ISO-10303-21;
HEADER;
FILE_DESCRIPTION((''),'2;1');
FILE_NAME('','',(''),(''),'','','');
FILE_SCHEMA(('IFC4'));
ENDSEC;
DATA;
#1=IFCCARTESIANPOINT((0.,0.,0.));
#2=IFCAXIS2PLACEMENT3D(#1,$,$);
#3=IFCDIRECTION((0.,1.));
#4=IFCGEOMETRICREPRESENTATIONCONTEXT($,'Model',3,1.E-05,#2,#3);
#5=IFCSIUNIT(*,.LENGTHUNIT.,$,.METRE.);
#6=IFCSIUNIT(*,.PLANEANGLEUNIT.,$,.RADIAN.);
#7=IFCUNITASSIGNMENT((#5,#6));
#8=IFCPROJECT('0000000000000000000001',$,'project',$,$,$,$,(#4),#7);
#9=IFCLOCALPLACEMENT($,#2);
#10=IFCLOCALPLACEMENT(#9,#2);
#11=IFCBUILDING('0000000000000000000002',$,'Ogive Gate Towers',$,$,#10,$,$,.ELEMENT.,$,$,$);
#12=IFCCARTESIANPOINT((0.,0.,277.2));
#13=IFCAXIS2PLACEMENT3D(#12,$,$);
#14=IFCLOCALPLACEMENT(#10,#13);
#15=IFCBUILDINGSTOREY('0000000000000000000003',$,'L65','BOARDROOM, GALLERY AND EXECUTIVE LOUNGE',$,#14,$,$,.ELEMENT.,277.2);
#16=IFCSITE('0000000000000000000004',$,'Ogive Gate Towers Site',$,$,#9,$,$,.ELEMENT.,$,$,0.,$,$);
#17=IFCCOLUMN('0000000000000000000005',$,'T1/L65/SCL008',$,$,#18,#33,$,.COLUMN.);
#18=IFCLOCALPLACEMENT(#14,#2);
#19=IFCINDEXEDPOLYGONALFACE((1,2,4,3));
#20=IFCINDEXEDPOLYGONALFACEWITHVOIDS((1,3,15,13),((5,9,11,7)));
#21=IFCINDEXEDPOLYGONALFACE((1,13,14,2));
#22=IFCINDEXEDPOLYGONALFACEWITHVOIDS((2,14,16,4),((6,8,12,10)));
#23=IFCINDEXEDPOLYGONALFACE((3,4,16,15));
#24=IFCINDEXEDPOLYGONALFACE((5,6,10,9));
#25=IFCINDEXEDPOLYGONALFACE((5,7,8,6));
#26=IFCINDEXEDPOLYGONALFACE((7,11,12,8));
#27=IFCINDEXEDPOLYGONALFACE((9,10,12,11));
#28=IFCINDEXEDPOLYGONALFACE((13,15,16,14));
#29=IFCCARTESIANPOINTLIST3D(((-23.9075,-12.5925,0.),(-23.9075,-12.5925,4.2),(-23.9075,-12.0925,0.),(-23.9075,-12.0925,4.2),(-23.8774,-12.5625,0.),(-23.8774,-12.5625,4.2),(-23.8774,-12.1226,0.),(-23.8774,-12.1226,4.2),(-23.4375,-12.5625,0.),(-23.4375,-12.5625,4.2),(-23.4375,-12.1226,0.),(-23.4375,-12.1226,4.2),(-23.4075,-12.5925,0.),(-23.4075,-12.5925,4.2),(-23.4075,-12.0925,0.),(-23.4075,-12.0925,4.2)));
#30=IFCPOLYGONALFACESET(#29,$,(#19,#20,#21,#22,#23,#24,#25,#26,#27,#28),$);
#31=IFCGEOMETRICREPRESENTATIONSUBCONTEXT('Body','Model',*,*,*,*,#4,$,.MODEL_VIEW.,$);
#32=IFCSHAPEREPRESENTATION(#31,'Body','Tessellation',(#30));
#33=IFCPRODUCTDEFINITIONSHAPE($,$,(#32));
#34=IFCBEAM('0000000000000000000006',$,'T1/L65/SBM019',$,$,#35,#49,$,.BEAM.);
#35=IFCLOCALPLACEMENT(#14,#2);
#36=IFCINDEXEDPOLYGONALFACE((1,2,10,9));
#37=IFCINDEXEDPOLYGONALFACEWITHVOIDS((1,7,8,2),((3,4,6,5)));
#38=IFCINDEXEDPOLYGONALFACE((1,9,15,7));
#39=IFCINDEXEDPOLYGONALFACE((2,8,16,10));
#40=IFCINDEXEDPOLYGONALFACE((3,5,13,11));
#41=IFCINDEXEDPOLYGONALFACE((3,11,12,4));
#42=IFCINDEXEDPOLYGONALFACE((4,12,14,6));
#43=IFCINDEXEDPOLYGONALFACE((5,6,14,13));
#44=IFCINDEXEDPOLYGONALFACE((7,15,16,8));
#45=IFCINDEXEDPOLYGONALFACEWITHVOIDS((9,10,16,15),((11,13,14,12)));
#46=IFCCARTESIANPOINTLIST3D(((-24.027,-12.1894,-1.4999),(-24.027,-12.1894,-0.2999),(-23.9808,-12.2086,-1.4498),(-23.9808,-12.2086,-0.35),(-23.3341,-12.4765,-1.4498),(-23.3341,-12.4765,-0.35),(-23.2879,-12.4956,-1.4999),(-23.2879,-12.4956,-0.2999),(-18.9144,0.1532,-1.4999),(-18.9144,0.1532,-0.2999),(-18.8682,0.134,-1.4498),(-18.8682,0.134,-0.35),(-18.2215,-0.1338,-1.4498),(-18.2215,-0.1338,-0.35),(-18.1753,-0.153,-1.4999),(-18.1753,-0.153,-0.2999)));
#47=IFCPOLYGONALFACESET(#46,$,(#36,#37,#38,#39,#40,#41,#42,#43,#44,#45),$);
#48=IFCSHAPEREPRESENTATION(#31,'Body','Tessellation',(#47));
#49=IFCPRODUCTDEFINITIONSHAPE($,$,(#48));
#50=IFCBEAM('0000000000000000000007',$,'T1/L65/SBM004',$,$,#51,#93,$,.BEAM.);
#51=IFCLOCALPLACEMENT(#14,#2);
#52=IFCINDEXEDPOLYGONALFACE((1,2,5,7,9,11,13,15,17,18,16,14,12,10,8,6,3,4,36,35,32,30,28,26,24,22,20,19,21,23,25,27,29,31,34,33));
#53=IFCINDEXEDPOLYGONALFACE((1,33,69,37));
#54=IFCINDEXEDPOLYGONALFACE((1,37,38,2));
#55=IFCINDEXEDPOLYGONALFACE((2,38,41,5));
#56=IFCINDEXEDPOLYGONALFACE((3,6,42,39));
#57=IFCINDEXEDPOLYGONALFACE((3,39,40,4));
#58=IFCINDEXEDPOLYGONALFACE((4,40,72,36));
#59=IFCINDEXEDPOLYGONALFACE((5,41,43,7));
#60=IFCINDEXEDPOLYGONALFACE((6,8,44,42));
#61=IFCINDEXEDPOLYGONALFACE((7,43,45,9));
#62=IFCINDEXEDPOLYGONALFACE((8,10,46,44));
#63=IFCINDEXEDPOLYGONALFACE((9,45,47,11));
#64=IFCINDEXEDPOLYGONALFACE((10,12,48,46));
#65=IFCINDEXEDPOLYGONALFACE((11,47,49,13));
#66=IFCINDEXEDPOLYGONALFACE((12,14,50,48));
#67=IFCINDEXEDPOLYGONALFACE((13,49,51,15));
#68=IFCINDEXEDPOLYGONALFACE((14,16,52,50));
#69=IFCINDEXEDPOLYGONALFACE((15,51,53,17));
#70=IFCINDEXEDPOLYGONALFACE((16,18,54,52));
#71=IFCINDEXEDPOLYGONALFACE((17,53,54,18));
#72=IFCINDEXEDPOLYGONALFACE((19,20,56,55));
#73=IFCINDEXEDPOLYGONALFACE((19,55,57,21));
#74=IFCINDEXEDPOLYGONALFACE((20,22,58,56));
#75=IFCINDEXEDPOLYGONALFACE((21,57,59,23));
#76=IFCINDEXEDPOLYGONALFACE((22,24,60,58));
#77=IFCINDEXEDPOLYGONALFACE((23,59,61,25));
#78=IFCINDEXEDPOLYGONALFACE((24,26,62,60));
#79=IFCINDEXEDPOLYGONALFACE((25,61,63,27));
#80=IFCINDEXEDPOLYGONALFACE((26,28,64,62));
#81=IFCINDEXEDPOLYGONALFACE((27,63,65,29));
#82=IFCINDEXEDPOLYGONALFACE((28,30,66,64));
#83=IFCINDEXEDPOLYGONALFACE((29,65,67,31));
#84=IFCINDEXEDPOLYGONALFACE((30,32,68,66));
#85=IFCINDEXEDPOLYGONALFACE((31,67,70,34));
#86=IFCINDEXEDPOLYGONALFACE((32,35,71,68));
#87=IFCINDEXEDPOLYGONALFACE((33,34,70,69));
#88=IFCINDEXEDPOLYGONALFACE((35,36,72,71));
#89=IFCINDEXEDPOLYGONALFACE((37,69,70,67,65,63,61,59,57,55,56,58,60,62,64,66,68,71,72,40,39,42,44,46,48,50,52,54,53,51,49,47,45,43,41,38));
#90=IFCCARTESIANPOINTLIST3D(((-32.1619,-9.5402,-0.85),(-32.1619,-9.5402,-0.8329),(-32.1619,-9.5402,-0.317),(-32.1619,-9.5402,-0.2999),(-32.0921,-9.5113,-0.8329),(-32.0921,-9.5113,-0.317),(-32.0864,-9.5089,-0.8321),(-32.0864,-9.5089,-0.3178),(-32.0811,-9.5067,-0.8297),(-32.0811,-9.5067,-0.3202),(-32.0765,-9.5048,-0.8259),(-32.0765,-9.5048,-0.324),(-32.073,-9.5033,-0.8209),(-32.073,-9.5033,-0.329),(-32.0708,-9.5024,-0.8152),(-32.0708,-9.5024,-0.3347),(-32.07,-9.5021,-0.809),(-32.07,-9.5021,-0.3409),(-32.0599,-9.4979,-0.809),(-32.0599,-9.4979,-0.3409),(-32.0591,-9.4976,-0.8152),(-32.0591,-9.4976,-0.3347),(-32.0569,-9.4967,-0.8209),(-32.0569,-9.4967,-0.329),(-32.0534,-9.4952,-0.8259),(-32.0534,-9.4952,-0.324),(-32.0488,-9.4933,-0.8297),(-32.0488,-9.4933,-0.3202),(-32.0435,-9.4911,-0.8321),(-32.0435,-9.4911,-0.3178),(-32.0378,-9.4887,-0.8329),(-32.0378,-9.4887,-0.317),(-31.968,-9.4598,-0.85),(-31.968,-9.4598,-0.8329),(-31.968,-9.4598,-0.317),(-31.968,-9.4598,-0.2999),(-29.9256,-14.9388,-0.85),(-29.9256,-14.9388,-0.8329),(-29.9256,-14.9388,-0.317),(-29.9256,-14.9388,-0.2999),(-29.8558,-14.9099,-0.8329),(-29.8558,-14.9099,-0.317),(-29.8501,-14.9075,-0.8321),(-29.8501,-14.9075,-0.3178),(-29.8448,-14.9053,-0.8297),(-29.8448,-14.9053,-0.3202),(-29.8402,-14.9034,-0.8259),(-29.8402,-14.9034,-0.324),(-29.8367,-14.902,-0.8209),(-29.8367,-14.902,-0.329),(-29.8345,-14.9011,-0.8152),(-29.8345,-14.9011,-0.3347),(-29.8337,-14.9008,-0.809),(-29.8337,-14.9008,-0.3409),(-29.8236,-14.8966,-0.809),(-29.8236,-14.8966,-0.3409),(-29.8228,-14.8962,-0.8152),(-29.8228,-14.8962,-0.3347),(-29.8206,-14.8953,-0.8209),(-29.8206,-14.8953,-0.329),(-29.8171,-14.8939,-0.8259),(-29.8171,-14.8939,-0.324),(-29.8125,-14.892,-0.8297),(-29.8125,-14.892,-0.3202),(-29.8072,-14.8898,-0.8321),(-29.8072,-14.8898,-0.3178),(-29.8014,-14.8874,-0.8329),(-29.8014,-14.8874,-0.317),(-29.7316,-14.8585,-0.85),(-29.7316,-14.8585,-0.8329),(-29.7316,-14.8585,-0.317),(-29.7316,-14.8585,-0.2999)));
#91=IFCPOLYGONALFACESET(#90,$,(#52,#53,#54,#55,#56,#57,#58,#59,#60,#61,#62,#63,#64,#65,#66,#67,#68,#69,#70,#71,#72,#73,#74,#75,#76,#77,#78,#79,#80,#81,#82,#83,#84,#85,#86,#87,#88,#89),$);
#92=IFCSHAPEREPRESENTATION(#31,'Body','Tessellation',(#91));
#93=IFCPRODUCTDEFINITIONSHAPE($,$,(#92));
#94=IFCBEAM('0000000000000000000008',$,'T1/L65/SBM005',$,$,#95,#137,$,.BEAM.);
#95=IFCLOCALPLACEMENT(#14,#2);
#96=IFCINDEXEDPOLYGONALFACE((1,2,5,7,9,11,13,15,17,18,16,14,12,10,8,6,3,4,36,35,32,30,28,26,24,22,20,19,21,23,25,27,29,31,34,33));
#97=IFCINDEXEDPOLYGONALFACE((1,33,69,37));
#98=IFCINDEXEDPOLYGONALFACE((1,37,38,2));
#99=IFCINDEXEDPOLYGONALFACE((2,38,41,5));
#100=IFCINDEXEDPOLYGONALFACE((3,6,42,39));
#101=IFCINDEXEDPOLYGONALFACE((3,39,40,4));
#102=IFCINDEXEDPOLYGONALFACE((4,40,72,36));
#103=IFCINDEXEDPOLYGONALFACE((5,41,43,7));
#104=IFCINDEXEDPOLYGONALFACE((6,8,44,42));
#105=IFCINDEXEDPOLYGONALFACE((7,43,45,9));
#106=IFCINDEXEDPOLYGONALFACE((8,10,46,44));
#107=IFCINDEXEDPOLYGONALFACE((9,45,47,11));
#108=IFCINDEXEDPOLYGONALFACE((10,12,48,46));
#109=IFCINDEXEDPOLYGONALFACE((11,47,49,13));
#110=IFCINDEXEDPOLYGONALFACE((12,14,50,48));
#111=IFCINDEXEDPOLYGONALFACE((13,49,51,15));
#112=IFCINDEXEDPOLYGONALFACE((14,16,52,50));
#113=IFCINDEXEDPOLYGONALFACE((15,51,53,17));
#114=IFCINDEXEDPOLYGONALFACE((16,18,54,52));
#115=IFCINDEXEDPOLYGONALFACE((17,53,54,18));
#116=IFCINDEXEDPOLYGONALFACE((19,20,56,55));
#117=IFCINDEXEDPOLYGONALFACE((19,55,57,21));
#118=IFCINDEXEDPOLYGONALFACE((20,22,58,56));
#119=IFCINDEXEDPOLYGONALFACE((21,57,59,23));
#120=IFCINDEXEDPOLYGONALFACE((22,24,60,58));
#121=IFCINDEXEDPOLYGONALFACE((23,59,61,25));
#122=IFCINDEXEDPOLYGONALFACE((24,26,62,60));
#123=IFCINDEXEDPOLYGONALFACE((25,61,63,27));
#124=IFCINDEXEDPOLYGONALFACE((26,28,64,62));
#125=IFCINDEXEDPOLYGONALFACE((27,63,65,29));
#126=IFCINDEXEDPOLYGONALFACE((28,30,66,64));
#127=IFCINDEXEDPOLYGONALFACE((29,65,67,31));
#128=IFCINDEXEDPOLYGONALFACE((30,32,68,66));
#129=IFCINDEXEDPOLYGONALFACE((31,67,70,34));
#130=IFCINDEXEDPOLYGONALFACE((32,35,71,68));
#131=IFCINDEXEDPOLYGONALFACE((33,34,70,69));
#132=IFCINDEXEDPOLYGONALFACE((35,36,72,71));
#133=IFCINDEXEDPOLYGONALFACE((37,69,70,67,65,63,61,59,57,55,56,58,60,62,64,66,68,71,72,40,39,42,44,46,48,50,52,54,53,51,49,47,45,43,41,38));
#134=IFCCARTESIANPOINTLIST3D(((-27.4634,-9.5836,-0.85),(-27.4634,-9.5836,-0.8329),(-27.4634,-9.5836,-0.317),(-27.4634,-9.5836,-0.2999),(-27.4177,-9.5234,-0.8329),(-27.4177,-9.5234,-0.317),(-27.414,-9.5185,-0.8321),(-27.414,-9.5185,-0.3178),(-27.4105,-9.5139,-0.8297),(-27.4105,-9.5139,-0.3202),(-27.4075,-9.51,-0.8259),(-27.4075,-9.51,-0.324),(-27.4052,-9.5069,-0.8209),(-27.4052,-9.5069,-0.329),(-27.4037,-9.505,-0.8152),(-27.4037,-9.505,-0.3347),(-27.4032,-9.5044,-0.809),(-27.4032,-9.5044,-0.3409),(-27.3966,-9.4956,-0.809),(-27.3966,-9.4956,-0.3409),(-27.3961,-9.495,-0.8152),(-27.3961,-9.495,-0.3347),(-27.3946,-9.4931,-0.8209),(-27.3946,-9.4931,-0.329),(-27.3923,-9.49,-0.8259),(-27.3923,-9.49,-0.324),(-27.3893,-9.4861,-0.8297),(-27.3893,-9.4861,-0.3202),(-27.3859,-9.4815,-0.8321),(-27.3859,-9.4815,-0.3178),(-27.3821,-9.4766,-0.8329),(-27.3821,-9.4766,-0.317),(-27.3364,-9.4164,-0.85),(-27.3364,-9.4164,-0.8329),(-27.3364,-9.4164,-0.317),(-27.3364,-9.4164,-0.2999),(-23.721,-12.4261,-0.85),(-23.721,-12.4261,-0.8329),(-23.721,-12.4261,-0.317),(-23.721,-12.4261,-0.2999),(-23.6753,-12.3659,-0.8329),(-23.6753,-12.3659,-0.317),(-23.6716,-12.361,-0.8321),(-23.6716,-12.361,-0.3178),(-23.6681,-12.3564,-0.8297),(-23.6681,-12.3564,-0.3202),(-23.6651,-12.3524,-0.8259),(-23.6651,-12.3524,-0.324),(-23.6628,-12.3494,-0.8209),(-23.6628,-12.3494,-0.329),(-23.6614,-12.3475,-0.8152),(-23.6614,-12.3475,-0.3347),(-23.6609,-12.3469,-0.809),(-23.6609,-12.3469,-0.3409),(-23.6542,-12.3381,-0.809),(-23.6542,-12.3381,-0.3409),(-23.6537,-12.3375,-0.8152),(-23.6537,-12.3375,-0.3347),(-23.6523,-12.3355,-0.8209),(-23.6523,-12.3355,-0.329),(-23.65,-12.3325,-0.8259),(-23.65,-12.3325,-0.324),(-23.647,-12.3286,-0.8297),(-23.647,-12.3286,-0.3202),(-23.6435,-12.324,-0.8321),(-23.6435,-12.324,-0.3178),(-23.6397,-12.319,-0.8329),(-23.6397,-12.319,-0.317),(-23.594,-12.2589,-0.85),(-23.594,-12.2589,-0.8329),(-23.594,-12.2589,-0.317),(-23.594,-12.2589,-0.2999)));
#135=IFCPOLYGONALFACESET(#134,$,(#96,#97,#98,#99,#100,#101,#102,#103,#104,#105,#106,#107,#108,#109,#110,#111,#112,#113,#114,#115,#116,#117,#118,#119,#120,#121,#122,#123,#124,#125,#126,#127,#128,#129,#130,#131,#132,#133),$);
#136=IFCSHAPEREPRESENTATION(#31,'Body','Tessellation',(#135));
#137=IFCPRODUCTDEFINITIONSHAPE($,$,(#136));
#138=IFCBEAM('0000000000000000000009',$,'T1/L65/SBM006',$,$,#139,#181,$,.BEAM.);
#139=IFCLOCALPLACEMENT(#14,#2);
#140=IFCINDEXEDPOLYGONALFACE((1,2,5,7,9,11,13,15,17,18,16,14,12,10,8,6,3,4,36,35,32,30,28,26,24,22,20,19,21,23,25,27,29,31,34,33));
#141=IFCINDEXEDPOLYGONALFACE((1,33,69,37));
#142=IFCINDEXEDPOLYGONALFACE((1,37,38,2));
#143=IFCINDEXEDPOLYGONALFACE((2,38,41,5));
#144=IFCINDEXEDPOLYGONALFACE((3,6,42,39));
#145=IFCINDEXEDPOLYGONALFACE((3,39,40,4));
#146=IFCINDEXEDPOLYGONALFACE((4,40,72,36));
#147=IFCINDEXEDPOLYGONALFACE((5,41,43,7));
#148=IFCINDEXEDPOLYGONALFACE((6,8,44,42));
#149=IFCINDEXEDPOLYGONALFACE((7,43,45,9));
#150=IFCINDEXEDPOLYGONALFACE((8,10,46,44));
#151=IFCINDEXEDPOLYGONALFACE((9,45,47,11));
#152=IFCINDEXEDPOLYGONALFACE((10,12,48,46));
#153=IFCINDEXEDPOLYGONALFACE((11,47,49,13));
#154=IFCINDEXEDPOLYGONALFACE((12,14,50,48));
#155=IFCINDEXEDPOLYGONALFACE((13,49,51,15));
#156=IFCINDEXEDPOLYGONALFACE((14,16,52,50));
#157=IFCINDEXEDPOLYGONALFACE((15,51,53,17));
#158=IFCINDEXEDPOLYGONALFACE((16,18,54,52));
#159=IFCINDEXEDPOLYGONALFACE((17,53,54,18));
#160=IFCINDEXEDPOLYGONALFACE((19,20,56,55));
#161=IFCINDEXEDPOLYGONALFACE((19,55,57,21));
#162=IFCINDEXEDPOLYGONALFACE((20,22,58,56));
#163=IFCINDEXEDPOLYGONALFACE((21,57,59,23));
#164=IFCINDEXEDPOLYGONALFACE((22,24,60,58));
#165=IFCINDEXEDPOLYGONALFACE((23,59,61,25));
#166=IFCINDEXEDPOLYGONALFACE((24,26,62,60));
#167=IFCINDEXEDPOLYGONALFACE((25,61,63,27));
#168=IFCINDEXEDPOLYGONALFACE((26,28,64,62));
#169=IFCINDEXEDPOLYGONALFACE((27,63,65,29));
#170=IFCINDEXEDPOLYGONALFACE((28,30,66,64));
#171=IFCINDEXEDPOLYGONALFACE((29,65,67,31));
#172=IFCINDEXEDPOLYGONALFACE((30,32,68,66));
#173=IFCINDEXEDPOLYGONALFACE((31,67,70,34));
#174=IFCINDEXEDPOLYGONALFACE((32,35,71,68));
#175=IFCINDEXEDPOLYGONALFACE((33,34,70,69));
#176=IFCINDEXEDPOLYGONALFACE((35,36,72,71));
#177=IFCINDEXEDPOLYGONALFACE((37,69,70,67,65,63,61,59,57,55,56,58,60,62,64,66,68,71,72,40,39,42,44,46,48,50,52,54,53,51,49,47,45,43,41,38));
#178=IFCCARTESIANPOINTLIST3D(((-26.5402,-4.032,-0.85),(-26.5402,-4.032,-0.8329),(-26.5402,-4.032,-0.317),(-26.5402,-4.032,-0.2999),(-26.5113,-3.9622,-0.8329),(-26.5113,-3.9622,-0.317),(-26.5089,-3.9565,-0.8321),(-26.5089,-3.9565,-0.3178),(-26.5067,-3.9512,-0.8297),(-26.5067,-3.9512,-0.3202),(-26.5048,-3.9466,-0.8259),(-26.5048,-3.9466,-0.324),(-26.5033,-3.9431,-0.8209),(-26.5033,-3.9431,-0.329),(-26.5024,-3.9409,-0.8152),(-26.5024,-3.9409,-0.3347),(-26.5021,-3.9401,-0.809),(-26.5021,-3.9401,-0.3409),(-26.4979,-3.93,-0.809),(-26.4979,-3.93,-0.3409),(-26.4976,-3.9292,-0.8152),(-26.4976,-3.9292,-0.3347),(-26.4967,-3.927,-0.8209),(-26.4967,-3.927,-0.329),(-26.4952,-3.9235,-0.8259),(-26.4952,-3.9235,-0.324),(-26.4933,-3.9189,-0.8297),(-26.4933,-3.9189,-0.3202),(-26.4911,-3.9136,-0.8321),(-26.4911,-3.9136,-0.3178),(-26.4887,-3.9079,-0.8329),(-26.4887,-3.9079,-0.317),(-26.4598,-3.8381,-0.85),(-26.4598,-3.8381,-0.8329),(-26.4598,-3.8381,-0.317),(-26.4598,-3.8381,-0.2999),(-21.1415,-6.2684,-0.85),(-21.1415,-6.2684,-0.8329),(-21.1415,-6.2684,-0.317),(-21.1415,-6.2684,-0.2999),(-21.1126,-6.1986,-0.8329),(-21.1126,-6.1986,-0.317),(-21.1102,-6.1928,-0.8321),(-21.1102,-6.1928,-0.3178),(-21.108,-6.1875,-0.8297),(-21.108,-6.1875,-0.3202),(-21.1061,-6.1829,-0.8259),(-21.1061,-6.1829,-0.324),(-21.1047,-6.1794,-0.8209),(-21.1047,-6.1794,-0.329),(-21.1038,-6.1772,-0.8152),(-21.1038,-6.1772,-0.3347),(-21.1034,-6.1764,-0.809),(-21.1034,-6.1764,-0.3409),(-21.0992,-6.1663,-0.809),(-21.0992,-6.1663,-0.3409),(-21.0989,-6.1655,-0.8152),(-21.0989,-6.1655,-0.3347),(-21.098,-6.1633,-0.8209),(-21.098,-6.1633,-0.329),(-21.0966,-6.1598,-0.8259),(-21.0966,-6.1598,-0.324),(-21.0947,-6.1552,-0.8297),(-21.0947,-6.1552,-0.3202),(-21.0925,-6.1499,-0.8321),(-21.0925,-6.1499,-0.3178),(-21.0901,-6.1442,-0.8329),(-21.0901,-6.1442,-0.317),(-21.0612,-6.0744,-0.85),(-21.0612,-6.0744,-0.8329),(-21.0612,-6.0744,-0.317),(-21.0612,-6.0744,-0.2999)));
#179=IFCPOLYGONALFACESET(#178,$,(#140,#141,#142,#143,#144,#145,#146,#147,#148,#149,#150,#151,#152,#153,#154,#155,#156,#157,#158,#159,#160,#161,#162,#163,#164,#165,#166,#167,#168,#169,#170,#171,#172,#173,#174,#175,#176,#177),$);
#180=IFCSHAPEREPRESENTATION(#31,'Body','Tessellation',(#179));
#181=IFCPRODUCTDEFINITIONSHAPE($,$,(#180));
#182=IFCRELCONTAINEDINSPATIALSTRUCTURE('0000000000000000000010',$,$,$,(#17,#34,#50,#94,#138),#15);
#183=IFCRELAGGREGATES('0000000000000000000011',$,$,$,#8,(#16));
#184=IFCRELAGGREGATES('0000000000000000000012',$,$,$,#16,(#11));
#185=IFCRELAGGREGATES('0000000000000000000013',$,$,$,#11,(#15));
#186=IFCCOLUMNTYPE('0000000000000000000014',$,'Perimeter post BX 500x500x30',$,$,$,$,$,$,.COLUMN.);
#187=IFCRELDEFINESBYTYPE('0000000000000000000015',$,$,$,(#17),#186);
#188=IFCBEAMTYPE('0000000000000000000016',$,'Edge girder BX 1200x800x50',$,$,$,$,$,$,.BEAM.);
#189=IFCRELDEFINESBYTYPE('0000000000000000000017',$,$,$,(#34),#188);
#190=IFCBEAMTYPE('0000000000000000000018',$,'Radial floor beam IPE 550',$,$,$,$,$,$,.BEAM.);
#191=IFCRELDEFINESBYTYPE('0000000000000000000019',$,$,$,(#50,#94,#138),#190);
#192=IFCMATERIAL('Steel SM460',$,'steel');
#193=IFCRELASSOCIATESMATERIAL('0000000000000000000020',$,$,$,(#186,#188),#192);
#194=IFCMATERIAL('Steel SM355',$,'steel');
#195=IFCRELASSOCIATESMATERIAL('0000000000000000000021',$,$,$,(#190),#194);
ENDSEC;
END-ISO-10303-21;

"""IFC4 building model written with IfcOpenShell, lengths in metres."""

from ifc_helpers import new_model, si_unit, direction, frame, origin, origin_2d, place, context, subcontext, project, spatial, hollow_rectangle, i_section, extrude, material, material_profile, profile_set, type_object, element, save


model = new_model("IFC4")

# Units and contexts
model_context = context("Model", 3, precision=1e-05, world=origin(), true_north=direction((0.0, 1.0)))
body_context = subcontext(model_context, "Body", "Model", "MODEL_VIEW")
ifc_project = project(units=[si_unit("LENGTHUNIT", "METRE"), si_unit("PLANEANGLEUNIT", "RADIAN")], contexts=[model_context])

# Site, building, storey
site_placement = place(None, origin())
site = spatial("IfcSite", under=ifc_project, at=site_placement, Name="Ogive Gate Towers Site", CompositionType="ELEMENT", RefElevation=0.0)
building_placement = place(site_placement, origin())
building = spatial("IfcBuilding", under=site, at=building_placement, Name="Ogive Gate Towers", CompositionType="ELEMENT")
storey_placement = place(building_placement, frame((0.0, 0.0, 277.2)))
storey = spatial("IfcBuildingStorey", under=building, at=storey_placement, Name="L65", Description="BOARDROOM, GALLERY AND EXECUTIVE LOUNGE", CompositionType="ELEMENT", Elevation=277.2)

# Column
ifc_material_1 = material(Name="Steel SM460", Category="steel")
ifc_material_profile_1 = material_profile(ifc_material_1, hollow_rectangle(XDim=0.5, YDim=0.5, WallThickness=0.03, at=origin_2d()), Name="BX 500x500x30")
ifc_profile_set_1 = profile_set([ifc_material_profile_1], Name="Steel SM460")
column_type = type_object("IfcColumnType", Name="Perimeter post BX 500x500x30", PredefinedType="COLUMN", material=ifc_profile_set_1)
column_placement = place(storey_placement, frame((-23.6575, -12.3425, 0.0), z_axis=(0.0, 0.0, 1.0), x_axis=(1.0, 0.0, 0.0)))
element("IfcColumn", 1, at=column_placement, inside=storey, type_object=column_type, Name="T1/L65/SCL008", PredefinedType="COLUMN", context=body_context, shape_type="SweptSolid", body=[
    extrude(hollow_rectangle(XDim=0.5, YDim=0.5, WallThickness=0.03, at=origin_2d()), origin(), (0.0, 0.0, 1.0), 4.2),
])

# Beams
ifc_material_profile_2 = material_profile(ifc_material_1, hollow_rectangle(XDim=0.8, YDim=1.2, WallThickness=0.05, at=origin_2d()), Name="BX 1200x800x50")
ifc_profile_set_2 = profile_set([ifc_material_profile_2], Name="Steel SM460")
beam_type_1 = type_object("IfcBeamType", Name="Edge girder BX 1200x800x50", PredefinedType="BEAM", material=ifc_profile_set_2)
beam_1_placement = place(storey_placement, frame((-23.6575, -12.3425, -0.8999), z_axis=(0.38269, 0.923877, 0.0), x_axis=(-0.923877, 0.38269, 0.0)))
element("IfcBeam", 2, at=beam_1_placement, inside=storey, type_object=beam_type_1, Name="T1/L65/SBM019", PredefinedType="BEAM", context=body_context, shape_type="SweptSolid", body=[
    extrude(hollow_rectangle(XDim=0.8, YDim=1.2, WallThickness=0.05, at=origin_2d()), origin(), (0.0, 0.0, 1.0), 13.3596),
])
ifc_material_2 = material(Name="Steel SM355", Category="steel")
ifc_material_profile_3 = material_profile(ifc_material_2, i_section(OverallWidth=0.21, OverallDepth=0.55, WebThickness=0.011, FlangeThickness=0.0171, FilletRadius=0.0239, at=origin_2d()), Name="IPE 550")
ifc_profile_set_3 = profile_set([ifc_material_profile_3], Name="Steel SM355")
beam_type_2 = type_object("IfcBeamType", Name="Radial floor beam IPE 550", PredefinedType="BEAM", material=ifc_profile_set_3)
beam_2_placement = place(storey_placement, frame((-32.0649, -9.5, -0.575), z_axis=(0.382701, -0.923872, 0.0), x_axis=(0.923872, 0.382701, 0.0)))
element("IfcBeam", 3, at=beam_2_placement, inside=storey, type_object=beam_type_2, Name="T1/L65/SBM004", PredefinedType="BEAM", context=body_context, shape_type="SweptSolid", body=[
    extrude(i_section(OverallWidth=0.21, OverallDepth=0.55, WebThickness=0.011, FlangeThickness=0.0171, FilletRadius=0.0239, at=origin_2d()), origin(), (0.0, 0.0, 1.0), 5.8435),
])
beam_3_placement = place(storey_placement, frame((-27.3999, -9.5, -0.575), z_axis=(0.796338, -0.604851, 0.0), x_axis=(0.604851, 0.796338, 0.0)))
element("IfcBeam", 4, at=beam_3_placement, inside=storey, type_object=beam_type_2, Name="T1/L65/SBM005", PredefinedType="BEAM", context=body_context, shape_type="SweptSolid", body=[
    extrude(i_section(OverallWidth=0.21, OverallDepth=0.55, WebThickness=0.011, FlangeThickness=0.0171, FilletRadius=0.0239, at=origin_2d()), origin(), (0.0, 0.0, 1.0), 4.6995),
])
beam_4_placement = place(storey_placement, frame((-26.5, -3.9351, -0.575), z_axis=(0.923872, -0.382701, 0.0), x_axis=(0.382701, 0.923872, 0.0)))
element("IfcBeam", 5, at=beam_4_placement, inside=storey, type_object=beam_type_2, Name="T1/L65/SBM006", PredefinedType="BEAM", context=body_context, shape_type="SweptSolid", body=[
    extrude(i_section(OverallWidth=0.21, OverallDepth=0.55, WebThickness=0.011, FlangeThickness=0.0171, FilletRadius=0.0239, at=origin_2d()), origin(), (0.0, 0.0, 1.0), 5.8435),
])

save(model, "model.ifc")
